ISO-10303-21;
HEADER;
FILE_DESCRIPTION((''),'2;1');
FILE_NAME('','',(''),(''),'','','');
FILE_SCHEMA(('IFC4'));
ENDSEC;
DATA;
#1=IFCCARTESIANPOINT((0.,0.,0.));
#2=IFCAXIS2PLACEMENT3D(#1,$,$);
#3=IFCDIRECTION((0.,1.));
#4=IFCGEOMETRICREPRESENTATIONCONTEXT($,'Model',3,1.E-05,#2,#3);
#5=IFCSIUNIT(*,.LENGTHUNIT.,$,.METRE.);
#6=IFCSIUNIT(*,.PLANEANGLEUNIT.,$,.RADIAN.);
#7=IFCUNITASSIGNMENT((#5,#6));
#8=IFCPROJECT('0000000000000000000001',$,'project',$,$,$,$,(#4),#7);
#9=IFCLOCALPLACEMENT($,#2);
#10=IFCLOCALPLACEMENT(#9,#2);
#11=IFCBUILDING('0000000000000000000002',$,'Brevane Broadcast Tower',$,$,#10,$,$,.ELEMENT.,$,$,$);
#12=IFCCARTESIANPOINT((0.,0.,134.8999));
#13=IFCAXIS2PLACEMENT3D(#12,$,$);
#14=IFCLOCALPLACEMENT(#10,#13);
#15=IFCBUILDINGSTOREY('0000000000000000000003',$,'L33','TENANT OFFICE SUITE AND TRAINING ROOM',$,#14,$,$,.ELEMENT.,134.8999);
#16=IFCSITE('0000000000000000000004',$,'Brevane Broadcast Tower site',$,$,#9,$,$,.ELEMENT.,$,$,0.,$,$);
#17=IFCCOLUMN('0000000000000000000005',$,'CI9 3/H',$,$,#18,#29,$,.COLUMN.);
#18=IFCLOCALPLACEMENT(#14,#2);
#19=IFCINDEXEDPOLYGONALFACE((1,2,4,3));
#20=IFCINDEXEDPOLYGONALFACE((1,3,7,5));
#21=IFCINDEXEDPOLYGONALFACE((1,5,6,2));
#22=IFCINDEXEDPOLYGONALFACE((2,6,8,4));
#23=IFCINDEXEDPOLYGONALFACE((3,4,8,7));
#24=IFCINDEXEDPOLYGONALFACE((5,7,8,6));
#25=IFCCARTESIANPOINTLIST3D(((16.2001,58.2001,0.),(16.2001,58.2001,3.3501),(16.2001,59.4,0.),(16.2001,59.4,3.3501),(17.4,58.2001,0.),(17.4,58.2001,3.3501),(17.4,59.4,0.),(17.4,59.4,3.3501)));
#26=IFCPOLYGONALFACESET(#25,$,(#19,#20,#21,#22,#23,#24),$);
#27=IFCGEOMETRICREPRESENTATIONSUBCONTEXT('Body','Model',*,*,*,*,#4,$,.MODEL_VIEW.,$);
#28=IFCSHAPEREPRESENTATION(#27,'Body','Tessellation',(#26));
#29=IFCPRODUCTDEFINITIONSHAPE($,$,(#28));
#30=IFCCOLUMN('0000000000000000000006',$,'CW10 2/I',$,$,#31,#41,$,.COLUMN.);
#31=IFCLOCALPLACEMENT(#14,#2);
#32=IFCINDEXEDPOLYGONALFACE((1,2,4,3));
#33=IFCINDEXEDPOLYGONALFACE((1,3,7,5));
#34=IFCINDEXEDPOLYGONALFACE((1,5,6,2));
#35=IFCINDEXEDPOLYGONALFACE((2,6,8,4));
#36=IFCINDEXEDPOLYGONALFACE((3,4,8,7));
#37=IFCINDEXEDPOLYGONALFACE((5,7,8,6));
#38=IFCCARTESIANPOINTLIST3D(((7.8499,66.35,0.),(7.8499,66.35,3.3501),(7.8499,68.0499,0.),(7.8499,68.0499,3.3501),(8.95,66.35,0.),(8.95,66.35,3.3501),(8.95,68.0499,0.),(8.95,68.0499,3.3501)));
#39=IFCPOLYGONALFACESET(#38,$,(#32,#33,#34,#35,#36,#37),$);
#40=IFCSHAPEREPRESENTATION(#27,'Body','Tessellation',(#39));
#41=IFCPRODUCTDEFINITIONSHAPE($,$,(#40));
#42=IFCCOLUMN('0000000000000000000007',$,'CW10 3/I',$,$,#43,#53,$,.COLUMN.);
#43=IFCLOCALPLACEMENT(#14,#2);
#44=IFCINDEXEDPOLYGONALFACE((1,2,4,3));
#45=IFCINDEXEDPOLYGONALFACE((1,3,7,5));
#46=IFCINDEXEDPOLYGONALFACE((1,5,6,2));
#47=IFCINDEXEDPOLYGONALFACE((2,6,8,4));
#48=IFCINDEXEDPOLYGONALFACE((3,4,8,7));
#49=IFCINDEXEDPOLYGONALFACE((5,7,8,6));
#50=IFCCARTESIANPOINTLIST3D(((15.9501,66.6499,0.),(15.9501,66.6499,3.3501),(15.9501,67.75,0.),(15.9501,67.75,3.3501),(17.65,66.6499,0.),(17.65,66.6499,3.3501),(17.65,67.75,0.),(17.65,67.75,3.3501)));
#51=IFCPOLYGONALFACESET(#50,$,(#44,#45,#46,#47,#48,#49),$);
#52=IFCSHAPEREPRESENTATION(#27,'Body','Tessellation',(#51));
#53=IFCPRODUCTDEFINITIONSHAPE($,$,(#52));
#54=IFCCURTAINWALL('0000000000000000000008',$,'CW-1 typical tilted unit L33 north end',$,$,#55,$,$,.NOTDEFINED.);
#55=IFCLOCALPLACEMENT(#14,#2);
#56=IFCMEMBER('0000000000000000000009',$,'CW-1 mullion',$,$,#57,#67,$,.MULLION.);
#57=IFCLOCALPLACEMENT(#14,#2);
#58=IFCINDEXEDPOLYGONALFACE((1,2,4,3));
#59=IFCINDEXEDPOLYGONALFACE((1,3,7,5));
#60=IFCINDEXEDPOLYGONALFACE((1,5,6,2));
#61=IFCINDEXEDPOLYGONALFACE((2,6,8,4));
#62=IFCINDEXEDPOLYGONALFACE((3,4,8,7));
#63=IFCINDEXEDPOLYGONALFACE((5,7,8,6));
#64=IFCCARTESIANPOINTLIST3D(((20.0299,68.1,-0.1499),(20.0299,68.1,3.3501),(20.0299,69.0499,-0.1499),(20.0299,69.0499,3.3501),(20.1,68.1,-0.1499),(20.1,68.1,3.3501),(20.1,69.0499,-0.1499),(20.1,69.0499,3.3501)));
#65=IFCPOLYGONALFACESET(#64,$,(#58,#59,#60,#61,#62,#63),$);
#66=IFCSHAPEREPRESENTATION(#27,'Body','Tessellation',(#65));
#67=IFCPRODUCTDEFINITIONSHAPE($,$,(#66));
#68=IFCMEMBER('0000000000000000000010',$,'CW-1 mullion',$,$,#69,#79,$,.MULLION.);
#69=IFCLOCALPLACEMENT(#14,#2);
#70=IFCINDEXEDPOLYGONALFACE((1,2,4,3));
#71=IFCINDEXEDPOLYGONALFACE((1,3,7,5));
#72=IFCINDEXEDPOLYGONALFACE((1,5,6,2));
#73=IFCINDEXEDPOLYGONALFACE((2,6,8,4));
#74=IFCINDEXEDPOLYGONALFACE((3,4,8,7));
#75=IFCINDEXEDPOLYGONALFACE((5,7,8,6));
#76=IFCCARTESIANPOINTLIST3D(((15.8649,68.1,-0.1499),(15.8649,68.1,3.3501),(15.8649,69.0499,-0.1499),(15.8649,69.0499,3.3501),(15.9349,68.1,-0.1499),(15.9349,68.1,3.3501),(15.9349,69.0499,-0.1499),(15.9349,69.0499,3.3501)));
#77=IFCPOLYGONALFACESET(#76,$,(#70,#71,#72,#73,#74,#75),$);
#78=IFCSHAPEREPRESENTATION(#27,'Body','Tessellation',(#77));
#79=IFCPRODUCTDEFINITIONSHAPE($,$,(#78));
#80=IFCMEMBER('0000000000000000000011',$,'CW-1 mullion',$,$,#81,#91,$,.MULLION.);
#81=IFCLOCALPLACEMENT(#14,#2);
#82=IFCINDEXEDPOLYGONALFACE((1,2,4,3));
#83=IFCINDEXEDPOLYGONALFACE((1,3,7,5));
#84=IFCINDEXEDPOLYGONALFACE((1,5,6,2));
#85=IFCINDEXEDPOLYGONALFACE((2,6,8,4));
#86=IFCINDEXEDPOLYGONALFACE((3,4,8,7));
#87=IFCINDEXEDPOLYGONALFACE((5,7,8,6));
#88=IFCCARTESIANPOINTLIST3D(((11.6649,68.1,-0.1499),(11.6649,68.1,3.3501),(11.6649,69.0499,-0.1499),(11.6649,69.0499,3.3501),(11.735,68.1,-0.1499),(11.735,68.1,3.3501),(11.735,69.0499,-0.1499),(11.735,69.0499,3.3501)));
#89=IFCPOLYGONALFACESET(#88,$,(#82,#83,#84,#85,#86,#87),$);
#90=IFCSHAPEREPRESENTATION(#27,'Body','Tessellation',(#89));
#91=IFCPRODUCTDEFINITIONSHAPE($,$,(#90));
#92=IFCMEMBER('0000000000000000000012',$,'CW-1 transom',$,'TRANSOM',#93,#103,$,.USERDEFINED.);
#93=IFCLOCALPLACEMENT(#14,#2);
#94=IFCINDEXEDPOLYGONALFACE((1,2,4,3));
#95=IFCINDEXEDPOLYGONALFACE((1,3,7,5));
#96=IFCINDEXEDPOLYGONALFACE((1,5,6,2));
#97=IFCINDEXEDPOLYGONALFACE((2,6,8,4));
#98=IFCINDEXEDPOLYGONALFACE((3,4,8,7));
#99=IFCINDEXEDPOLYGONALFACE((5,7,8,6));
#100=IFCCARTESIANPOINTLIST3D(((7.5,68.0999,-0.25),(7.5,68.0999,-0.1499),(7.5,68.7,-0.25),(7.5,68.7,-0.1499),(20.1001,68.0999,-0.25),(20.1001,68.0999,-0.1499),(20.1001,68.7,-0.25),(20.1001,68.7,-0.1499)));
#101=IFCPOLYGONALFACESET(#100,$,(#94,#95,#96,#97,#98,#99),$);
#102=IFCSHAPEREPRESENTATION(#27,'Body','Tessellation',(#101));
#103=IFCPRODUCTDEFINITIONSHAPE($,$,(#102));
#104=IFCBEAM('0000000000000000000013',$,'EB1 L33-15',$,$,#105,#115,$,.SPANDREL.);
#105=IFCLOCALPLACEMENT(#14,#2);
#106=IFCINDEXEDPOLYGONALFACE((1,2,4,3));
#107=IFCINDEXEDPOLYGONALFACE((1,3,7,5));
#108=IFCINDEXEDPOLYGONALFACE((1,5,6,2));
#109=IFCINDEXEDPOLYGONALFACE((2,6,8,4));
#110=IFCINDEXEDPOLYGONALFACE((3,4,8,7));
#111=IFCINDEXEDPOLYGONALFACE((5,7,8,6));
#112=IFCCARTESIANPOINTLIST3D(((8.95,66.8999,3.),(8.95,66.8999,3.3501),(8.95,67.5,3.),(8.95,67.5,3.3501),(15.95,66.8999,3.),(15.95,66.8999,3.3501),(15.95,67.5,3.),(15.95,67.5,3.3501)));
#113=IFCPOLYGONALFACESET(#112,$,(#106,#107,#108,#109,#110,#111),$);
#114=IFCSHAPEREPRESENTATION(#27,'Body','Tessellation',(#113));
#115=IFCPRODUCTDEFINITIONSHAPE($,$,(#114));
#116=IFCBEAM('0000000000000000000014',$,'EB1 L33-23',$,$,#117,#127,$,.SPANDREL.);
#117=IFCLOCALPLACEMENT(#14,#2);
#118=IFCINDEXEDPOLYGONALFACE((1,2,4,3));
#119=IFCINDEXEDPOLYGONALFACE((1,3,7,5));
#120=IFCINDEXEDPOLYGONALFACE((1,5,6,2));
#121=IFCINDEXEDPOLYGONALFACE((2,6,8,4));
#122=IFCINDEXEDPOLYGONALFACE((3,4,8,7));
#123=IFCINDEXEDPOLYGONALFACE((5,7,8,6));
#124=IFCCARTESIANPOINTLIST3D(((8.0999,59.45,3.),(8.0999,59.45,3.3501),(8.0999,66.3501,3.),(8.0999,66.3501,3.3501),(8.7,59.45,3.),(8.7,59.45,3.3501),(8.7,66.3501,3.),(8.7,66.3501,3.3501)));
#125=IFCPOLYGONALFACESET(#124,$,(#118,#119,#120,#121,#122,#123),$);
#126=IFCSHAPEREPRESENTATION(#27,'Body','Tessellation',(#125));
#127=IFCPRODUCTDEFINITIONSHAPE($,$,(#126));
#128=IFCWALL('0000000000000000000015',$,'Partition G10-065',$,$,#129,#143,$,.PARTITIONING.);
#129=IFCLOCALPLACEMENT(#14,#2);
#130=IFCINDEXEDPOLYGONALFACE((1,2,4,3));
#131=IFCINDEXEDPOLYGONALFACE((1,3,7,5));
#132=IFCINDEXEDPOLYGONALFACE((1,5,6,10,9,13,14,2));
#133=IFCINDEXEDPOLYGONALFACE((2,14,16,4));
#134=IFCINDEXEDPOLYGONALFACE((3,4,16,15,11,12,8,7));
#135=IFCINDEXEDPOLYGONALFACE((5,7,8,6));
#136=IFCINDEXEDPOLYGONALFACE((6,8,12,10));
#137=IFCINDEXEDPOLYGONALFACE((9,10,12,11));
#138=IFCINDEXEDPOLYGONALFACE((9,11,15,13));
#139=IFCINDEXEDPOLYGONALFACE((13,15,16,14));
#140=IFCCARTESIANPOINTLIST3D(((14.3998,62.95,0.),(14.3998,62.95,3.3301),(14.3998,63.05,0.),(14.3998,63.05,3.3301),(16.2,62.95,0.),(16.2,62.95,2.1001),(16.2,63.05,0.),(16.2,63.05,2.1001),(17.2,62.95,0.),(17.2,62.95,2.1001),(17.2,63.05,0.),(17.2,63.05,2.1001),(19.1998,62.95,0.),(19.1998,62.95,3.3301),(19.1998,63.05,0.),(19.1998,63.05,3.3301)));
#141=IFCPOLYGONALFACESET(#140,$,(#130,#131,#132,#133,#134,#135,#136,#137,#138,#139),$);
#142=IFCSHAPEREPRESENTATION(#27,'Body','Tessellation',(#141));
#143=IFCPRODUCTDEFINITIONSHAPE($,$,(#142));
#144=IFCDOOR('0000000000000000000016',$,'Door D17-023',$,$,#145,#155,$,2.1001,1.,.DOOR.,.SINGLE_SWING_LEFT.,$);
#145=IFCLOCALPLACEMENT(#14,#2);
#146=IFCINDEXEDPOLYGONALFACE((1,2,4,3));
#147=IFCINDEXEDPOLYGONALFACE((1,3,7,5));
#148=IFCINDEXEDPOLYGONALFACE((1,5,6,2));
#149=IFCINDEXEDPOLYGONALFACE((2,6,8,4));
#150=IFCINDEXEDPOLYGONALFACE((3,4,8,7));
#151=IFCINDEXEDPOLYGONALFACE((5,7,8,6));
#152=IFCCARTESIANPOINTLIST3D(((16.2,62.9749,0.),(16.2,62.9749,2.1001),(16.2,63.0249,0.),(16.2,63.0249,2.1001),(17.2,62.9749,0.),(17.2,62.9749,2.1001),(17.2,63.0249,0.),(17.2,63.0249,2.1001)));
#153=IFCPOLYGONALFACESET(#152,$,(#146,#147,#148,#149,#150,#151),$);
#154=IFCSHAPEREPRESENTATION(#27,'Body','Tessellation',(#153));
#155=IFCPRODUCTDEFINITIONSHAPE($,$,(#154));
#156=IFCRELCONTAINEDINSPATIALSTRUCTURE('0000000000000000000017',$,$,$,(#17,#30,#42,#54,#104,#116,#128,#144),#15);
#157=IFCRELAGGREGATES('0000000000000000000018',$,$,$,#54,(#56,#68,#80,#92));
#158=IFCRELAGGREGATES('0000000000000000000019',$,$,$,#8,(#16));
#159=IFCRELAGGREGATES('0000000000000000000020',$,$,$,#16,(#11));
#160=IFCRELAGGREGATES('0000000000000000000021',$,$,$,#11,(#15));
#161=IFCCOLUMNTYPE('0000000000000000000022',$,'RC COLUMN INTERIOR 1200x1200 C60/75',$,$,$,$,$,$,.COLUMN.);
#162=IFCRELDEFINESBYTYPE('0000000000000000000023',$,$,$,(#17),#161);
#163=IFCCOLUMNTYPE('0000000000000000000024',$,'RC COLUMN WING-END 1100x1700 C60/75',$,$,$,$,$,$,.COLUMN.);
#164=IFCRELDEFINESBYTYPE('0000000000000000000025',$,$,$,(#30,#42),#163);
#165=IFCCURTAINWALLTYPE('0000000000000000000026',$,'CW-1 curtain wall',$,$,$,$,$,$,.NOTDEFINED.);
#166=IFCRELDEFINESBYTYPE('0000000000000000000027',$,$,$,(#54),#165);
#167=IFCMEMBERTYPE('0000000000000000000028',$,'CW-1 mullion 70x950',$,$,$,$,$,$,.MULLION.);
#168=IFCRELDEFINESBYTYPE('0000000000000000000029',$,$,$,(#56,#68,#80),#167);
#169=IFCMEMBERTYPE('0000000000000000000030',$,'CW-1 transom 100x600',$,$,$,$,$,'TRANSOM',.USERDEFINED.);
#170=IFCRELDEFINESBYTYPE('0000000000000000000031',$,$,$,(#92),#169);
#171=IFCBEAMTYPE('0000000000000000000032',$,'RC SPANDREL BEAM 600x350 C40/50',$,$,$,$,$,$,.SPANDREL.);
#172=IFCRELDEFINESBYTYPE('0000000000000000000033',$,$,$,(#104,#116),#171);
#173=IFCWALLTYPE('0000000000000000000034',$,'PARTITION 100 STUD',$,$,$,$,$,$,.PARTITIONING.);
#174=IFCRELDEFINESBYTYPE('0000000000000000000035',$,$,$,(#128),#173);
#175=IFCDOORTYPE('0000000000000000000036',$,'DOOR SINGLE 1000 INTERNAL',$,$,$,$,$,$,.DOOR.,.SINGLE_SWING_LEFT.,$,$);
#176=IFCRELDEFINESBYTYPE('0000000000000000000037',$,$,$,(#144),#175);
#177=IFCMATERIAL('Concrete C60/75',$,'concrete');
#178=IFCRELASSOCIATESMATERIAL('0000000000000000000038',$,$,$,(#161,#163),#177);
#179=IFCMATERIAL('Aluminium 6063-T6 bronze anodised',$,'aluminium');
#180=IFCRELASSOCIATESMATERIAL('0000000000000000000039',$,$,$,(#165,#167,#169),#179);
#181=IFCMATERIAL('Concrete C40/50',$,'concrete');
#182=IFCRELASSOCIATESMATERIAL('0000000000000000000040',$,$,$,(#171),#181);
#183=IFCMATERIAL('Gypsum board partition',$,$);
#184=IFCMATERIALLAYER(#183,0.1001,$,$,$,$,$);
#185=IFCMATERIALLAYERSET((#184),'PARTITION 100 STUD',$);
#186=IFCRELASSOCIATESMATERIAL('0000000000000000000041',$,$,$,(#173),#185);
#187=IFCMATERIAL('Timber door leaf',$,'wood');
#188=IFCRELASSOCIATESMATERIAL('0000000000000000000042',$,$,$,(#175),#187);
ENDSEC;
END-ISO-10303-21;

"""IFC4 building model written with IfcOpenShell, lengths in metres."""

from ifc_helpers import new_model, si_unit, direction, frame, frame_2d, origin, origin_2d, place, context, subcontext, project, spatial, rectangle, extrude, material, layer, layer_set, material_profile, profile_set, type_object, element, fill, aggregate, save


model = new_model("IFC4")

# Units and contexts
model_context = context("Model", 3, precision=1e-05, world=origin(), true_north=direction((0.0, 1.0)))
body_context = subcontext(model_context, "Body", "Model", "MODEL_VIEW")
ifc_project = project(units=[si_unit("LENGTHUNIT", "METRE"), si_unit("PLANEANGLEUNIT", "RADIAN")], contexts=[model_context])

# Site, building, storey
site_placement = place(None, origin())
site = spatial("IfcSite", under=ifc_project, at=site_placement, Name="Brevane Broadcast Tower site", CompositionType="ELEMENT", RefElevation=0.0)
building_placement = place(site_placement, origin())
building = spatial("IfcBuilding", under=site, at=building_placement, Name="Brevane Broadcast Tower", CompositionType="ELEMENT")
storey_placement = place(building_placement, frame((0.0, 0.0, 134.8999)))
storey = spatial("IfcBuildingStorey", under=building, at=storey_placement, Name="L33", Description="TENANT OFFICE SUITE AND TRAINING ROOM", CompositionType="ELEMENT", Elevation=134.8999)

# Columns
ifc_material_1 = material(Name="Concrete C60/75", Category="concrete")
ifc_material_profile_1 = material_profile(ifc_material_1, rectangle(XDim=1.2, YDim=1.2, at=origin_2d()), Name="RC 1200x1200")
ifc_profile_set_1 = profile_set([ifc_material_profile_1], Name="Concrete C60/75")
column_type_1 = type_object("IfcColumnType", Name="RC COLUMN INTERIOR 1200x1200 C60/75", PredefinedType="COLUMN", material=ifc_profile_set_1)
column_placement = place(storey_placement, frame((16.8, 58.8, 0.0), z_axis=(0.0, 0.0, 1.0), x_axis=(1.0, 0.0, 0.0)))
element("IfcColumn", 1, at=column_placement, inside=storey, type_object=column_type_1, Name="CI9 3/H", PredefinedType="COLUMN", context=body_context, shape_type="SweptSolid", body=[
    extrude(rectangle(XDim=1.2, YDim=1.2, at=origin_2d()), origin(), (0.0, 0.0, 1.0), 3.3501),
])
ifc_material_profile_2 = material_profile(ifc_material_1, rectangle(XDim=1.1001, YDim=1.7, at=origin_2d()), Name="RC 1100x1700")
ifc_profile_set_2 = profile_set([ifc_material_profile_2], Name="Concrete C60/75")
column_type_2 = type_object("IfcColumnType", Name="RC COLUMN WING-END 1100x1700 C60/75", PredefinedType="COLUMN", material=ifc_profile_set_2)
for number, where, z_axis, x_axis, name in (
    (2, (8.3999, 67.2, 0.0), (0.0, 0.0, 1.0), (1.0, 0.0, 0.0), "CW10 2/I"),
    (3, (16.8, 67.2, 0.0), (0.0, 0.0, 1.0), (0.0, 1.0, 0.0), "CW10 3/I"),
):
    element("IfcColumn", number, at=place(storey_placement, frame(where, z_axis=z_axis, x_axis=x_axis)), inside=storey, type_object=column_type_2, Name=name, PredefinedType="COLUMN", context=body_context, shape_type="SweptSolid", body=[
        extrude(rectangle(XDim=1.1001, YDim=1.7, at=origin_2d()), origin(), (0.0, 0.0, 1.0), 3.3501),
    ])

# Curtain wall, members
ifc_material_2 = material(Name="Aluminium 6063-T6 bronze anodised", Category="aluminium")
curtain_wall_type = type_object("IfcCurtainWallType", Name="CW-1 curtain wall", PredefinedType="NOTDEFINED", material=ifc_material_2)
curtain_wall_placement = place(storey_placement, origin())
curtain_wall = element("IfcCurtainWall", 4, at=curtain_wall_placement, inside=storey, type_object=curtain_wall_type, Name="CW-1 typical tilted unit L33 north end", PredefinedType="NOTDEFINED")
ifc_material_profile_3 = material_profile(ifc_material_2, rectangle(XDim=0.95, YDim=0.0701, at=origin_2d()), Name="RECT 70x950")
ifc_profile_set_3 = profile_set([ifc_material_profile_3], Name="Aluminium 6063-T6 bronze anodised")
member_type_1 = type_object("IfcMemberType", Name="CW-1 mullion 70x950", PredefinedType="MULLION", material=ifc_profile_set_3)
member_1_placement = place(storey_placement, frame((20.0649, 68.575, -0.1499), z_axis=(0.0, 0.0, 1.0), x_axis=(0.0, -1.0, 0.0)))
member_1 = element("IfcMember", 5, at=member_1_placement, type_object=member_type_1, Name="CW-1 mullion", PredefinedType="MULLION", context=body_context, shape_type="SweptSolid", body=[
    extrude(rectangle(XDim=0.95, YDim=0.0701, at=origin_2d()), origin(), (0.0, 0.0, 1.0), 3.5),
])
member_2_placement = place(storey_placement, frame((15.8999, 68.575, -0.1499), z_axis=(0.0, 0.0, 1.0), x_axis=(0.0, -1.0, 0.0)))
member_2 = element("IfcMember", 6, at=member_2_placement, type_object=member_type_1, Name="CW-1 mullion", PredefinedType="MULLION", context=body_context, shape_type="SweptSolid", body=[
    extrude(rectangle(XDim=0.95, YDim=0.0701, at=origin_2d()), origin(), (0.0, 0.0, 1.0), 3.5),
])
member_3_placement = place(storey_placement, frame((11.7, 68.575, -0.1499), z_axis=(0.0, 0.0, 1.0), x_axis=(0.0, -1.0, 0.0)))
member_3 = element("IfcMember", 7, at=member_3_placement, type_object=member_type_1, Name="CW-1 mullion", PredefinedType="MULLION", context=body_context, shape_type="SweptSolid", body=[
    extrude(rectangle(XDim=0.95, YDim=0.0701, at=origin_2d()), origin(), (0.0, 0.0, 1.0), 3.5),
])
ifc_material_profile_4 = material_profile(ifc_material_2, rectangle(XDim=0.6001, YDim=0.1001, at=origin_2d()), Name="RECT 100x600")
ifc_profile_set_4 = profile_set([ifc_material_profile_4], Name="Aluminium 6063-T6 bronze anodised")
member_type_2 = type_object("IfcMemberType", Name="CW-1 transom 100x600", ElementType="TRANSOM", PredefinedType="USERDEFINED", material=ifc_profile_set_4)
member_4_placement = place(storey_placement, frame((20.1001, 68.3999, -0.2), z_axis=(-1.0, 0.0, 0.0), x_axis=(0.0, -1.0, 0.0)))
member_4 = element("IfcMember", 8, at=member_4_placement, type_object=member_type_2, Name="CW-1 transom", ObjectType="TRANSOM", PredefinedType="USERDEFINED", context=body_context, shape_type="SweptSolid", body=[
    extrude(rectangle(XDim=0.6001, YDim=0.1001, at=origin_2d()), origin(), (0.0, 0.0, 1.0), 12.6001),
])
aggregate(curtain_wall, [member_1, member_2, member_3, member_4])

# Beams
ifc_material_3 = material(Name="Concrete C40/50", Category="concrete")
ifc_material_profile_5 = material_profile(ifc_material_3, rectangle(XDim=0.6001, YDim=0.3501, at=origin_2d()), Name="RC 600x350")
ifc_profile_set_5 = profile_set([ifc_material_profile_5], Name="Concrete C40/50")
beam_type = type_object("IfcBeamType", Name="RC SPANDREL BEAM 600x350 C40/50", PredefinedType="SPANDREL", material=ifc_profile_set_5)
beam_1_placement = place(storey_placement, frame((15.95, 67.2, 3.175), z_axis=(-1.0, 0.0, 0.0), x_axis=(0.0, -1.0, 0.0)))
element("IfcBeam", 9, at=beam_1_placement, inside=storey, type_object=beam_type, Name="EB1 L33-15", PredefinedType="SPANDREL", context=body_context, shape_type="SweptSolid", body=[
    extrude(rectangle(XDim=0.6001, YDim=0.3501, at=origin_2d()), origin(), (0.0, 0.0, 1.0), 7.0),
])
beam_2_placement = place(storey_placement, frame((8.3999, 59.45, 3.175), z_axis=(0.0, 1.0, 0.0), x_axis=(-1.0, 0.0, 0.0)))
element("IfcBeam", 10, at=beam_2_placement, inside=storey, type_object=beam_type, Name="EB1 L33-23", PredefinedType="SPANDREL", context=body_context, shape_type="SweptSolid", body=[
    extrude(rectangle(XDim=0.6001, YDim=0.3501, at=origin_2d()), origin(), (0.0, 0.0, 1.0), 6.9001),
])

# Wall, opening, door
ifc_material_4 = material(Name="Gypsum board partition")
ifc_layer_1 = layer(ifc_material_4, 0.1001)
ifc_layer_set_1 = layer_set([ifc_layer_1], Name="PARTITION 100 STUD")
wall_type_1 = type_object("IfcWallType", Name="PARTITION 100 STUD", PredefinedType="PARTITIONING", material=ifc_layer_set_1)
wall_1_placement = place(storey_placement, frame((14.3999, 63.0, 0.0), z_axis=(0.0, 0.0, 1.0), x_axis=(1.0, 0.0, 0.0)))
wall_1 = element("IfcWall", 11, at=wall_1_placement, inside=storey, type_object=wall_type_1, Name="Partition G10-065", PredefinedType="PARTITIONING", context=body_context, shape_type="SweptSolid", body=[
    extrude(rectangle(XDim=4.8, YDim=0.1001, at=frame_2d((2.3999, 0.0))), origin(), (0.0, 0.0, 1.0), 3.3301),
])
opening_1_placement = place(wall_1_placement, frame((1.8, 0.0, 0.0)))
opening_1 = element("IfcOpeningElement", 12, at=opening_1_placement, cuts=wall_1, PredefinedType="OPENING", context=body_context, shape_type="SweptSolid", body=[
    extrude(rectangle(XDim=1.0, YDim=2.1001, at=frame_2d((0.5, 1.05))), frame((0.0, 0.0601, 0.0), z_axis=(0.0, -1.0, 0.0), x_axis=(1.0, 0.0, 0.0)), (0.0, 0.0, 1.0), 0.1201),
])
ifc_material_5 = material(Name="Timber door leaf", Category="wood")
door_type_1 = type_object("IfcDoorType", Name="DOOR SINGLE 1000 INTERNAL", OperationType="SINGLE_SWING_LEFT", PredefinedType="DOOR", material=ifc_material_5)
door_1_placement = place(opening_1_placement, origin())
door_1 = element("IfcDoor", 13, at=door_1_placement, inside=storey, type_object=door_type_1, Name="Door D17-023", OperationType="SINGLE_SWING_LEFT", OverallHeight=2.1001, OverallWidth=1.0, PredefinedType="DOOR", context=body_context, shape_type="SweptSolid", body=[
    extrude(rectangle(XDim=1.0, YDim=2.1001, at=frame_2d((0.5, 1.05))), frame((0.0, 0.0249, 0.0), z_axis=(0.0, -1.0, 0.0), x_axis=(1.0, 0.0, 0.0)), (0.0, 0.0, 1.0), 0.05),
])
fill(opening_1, door_1)

save(model, "model.ifc")
